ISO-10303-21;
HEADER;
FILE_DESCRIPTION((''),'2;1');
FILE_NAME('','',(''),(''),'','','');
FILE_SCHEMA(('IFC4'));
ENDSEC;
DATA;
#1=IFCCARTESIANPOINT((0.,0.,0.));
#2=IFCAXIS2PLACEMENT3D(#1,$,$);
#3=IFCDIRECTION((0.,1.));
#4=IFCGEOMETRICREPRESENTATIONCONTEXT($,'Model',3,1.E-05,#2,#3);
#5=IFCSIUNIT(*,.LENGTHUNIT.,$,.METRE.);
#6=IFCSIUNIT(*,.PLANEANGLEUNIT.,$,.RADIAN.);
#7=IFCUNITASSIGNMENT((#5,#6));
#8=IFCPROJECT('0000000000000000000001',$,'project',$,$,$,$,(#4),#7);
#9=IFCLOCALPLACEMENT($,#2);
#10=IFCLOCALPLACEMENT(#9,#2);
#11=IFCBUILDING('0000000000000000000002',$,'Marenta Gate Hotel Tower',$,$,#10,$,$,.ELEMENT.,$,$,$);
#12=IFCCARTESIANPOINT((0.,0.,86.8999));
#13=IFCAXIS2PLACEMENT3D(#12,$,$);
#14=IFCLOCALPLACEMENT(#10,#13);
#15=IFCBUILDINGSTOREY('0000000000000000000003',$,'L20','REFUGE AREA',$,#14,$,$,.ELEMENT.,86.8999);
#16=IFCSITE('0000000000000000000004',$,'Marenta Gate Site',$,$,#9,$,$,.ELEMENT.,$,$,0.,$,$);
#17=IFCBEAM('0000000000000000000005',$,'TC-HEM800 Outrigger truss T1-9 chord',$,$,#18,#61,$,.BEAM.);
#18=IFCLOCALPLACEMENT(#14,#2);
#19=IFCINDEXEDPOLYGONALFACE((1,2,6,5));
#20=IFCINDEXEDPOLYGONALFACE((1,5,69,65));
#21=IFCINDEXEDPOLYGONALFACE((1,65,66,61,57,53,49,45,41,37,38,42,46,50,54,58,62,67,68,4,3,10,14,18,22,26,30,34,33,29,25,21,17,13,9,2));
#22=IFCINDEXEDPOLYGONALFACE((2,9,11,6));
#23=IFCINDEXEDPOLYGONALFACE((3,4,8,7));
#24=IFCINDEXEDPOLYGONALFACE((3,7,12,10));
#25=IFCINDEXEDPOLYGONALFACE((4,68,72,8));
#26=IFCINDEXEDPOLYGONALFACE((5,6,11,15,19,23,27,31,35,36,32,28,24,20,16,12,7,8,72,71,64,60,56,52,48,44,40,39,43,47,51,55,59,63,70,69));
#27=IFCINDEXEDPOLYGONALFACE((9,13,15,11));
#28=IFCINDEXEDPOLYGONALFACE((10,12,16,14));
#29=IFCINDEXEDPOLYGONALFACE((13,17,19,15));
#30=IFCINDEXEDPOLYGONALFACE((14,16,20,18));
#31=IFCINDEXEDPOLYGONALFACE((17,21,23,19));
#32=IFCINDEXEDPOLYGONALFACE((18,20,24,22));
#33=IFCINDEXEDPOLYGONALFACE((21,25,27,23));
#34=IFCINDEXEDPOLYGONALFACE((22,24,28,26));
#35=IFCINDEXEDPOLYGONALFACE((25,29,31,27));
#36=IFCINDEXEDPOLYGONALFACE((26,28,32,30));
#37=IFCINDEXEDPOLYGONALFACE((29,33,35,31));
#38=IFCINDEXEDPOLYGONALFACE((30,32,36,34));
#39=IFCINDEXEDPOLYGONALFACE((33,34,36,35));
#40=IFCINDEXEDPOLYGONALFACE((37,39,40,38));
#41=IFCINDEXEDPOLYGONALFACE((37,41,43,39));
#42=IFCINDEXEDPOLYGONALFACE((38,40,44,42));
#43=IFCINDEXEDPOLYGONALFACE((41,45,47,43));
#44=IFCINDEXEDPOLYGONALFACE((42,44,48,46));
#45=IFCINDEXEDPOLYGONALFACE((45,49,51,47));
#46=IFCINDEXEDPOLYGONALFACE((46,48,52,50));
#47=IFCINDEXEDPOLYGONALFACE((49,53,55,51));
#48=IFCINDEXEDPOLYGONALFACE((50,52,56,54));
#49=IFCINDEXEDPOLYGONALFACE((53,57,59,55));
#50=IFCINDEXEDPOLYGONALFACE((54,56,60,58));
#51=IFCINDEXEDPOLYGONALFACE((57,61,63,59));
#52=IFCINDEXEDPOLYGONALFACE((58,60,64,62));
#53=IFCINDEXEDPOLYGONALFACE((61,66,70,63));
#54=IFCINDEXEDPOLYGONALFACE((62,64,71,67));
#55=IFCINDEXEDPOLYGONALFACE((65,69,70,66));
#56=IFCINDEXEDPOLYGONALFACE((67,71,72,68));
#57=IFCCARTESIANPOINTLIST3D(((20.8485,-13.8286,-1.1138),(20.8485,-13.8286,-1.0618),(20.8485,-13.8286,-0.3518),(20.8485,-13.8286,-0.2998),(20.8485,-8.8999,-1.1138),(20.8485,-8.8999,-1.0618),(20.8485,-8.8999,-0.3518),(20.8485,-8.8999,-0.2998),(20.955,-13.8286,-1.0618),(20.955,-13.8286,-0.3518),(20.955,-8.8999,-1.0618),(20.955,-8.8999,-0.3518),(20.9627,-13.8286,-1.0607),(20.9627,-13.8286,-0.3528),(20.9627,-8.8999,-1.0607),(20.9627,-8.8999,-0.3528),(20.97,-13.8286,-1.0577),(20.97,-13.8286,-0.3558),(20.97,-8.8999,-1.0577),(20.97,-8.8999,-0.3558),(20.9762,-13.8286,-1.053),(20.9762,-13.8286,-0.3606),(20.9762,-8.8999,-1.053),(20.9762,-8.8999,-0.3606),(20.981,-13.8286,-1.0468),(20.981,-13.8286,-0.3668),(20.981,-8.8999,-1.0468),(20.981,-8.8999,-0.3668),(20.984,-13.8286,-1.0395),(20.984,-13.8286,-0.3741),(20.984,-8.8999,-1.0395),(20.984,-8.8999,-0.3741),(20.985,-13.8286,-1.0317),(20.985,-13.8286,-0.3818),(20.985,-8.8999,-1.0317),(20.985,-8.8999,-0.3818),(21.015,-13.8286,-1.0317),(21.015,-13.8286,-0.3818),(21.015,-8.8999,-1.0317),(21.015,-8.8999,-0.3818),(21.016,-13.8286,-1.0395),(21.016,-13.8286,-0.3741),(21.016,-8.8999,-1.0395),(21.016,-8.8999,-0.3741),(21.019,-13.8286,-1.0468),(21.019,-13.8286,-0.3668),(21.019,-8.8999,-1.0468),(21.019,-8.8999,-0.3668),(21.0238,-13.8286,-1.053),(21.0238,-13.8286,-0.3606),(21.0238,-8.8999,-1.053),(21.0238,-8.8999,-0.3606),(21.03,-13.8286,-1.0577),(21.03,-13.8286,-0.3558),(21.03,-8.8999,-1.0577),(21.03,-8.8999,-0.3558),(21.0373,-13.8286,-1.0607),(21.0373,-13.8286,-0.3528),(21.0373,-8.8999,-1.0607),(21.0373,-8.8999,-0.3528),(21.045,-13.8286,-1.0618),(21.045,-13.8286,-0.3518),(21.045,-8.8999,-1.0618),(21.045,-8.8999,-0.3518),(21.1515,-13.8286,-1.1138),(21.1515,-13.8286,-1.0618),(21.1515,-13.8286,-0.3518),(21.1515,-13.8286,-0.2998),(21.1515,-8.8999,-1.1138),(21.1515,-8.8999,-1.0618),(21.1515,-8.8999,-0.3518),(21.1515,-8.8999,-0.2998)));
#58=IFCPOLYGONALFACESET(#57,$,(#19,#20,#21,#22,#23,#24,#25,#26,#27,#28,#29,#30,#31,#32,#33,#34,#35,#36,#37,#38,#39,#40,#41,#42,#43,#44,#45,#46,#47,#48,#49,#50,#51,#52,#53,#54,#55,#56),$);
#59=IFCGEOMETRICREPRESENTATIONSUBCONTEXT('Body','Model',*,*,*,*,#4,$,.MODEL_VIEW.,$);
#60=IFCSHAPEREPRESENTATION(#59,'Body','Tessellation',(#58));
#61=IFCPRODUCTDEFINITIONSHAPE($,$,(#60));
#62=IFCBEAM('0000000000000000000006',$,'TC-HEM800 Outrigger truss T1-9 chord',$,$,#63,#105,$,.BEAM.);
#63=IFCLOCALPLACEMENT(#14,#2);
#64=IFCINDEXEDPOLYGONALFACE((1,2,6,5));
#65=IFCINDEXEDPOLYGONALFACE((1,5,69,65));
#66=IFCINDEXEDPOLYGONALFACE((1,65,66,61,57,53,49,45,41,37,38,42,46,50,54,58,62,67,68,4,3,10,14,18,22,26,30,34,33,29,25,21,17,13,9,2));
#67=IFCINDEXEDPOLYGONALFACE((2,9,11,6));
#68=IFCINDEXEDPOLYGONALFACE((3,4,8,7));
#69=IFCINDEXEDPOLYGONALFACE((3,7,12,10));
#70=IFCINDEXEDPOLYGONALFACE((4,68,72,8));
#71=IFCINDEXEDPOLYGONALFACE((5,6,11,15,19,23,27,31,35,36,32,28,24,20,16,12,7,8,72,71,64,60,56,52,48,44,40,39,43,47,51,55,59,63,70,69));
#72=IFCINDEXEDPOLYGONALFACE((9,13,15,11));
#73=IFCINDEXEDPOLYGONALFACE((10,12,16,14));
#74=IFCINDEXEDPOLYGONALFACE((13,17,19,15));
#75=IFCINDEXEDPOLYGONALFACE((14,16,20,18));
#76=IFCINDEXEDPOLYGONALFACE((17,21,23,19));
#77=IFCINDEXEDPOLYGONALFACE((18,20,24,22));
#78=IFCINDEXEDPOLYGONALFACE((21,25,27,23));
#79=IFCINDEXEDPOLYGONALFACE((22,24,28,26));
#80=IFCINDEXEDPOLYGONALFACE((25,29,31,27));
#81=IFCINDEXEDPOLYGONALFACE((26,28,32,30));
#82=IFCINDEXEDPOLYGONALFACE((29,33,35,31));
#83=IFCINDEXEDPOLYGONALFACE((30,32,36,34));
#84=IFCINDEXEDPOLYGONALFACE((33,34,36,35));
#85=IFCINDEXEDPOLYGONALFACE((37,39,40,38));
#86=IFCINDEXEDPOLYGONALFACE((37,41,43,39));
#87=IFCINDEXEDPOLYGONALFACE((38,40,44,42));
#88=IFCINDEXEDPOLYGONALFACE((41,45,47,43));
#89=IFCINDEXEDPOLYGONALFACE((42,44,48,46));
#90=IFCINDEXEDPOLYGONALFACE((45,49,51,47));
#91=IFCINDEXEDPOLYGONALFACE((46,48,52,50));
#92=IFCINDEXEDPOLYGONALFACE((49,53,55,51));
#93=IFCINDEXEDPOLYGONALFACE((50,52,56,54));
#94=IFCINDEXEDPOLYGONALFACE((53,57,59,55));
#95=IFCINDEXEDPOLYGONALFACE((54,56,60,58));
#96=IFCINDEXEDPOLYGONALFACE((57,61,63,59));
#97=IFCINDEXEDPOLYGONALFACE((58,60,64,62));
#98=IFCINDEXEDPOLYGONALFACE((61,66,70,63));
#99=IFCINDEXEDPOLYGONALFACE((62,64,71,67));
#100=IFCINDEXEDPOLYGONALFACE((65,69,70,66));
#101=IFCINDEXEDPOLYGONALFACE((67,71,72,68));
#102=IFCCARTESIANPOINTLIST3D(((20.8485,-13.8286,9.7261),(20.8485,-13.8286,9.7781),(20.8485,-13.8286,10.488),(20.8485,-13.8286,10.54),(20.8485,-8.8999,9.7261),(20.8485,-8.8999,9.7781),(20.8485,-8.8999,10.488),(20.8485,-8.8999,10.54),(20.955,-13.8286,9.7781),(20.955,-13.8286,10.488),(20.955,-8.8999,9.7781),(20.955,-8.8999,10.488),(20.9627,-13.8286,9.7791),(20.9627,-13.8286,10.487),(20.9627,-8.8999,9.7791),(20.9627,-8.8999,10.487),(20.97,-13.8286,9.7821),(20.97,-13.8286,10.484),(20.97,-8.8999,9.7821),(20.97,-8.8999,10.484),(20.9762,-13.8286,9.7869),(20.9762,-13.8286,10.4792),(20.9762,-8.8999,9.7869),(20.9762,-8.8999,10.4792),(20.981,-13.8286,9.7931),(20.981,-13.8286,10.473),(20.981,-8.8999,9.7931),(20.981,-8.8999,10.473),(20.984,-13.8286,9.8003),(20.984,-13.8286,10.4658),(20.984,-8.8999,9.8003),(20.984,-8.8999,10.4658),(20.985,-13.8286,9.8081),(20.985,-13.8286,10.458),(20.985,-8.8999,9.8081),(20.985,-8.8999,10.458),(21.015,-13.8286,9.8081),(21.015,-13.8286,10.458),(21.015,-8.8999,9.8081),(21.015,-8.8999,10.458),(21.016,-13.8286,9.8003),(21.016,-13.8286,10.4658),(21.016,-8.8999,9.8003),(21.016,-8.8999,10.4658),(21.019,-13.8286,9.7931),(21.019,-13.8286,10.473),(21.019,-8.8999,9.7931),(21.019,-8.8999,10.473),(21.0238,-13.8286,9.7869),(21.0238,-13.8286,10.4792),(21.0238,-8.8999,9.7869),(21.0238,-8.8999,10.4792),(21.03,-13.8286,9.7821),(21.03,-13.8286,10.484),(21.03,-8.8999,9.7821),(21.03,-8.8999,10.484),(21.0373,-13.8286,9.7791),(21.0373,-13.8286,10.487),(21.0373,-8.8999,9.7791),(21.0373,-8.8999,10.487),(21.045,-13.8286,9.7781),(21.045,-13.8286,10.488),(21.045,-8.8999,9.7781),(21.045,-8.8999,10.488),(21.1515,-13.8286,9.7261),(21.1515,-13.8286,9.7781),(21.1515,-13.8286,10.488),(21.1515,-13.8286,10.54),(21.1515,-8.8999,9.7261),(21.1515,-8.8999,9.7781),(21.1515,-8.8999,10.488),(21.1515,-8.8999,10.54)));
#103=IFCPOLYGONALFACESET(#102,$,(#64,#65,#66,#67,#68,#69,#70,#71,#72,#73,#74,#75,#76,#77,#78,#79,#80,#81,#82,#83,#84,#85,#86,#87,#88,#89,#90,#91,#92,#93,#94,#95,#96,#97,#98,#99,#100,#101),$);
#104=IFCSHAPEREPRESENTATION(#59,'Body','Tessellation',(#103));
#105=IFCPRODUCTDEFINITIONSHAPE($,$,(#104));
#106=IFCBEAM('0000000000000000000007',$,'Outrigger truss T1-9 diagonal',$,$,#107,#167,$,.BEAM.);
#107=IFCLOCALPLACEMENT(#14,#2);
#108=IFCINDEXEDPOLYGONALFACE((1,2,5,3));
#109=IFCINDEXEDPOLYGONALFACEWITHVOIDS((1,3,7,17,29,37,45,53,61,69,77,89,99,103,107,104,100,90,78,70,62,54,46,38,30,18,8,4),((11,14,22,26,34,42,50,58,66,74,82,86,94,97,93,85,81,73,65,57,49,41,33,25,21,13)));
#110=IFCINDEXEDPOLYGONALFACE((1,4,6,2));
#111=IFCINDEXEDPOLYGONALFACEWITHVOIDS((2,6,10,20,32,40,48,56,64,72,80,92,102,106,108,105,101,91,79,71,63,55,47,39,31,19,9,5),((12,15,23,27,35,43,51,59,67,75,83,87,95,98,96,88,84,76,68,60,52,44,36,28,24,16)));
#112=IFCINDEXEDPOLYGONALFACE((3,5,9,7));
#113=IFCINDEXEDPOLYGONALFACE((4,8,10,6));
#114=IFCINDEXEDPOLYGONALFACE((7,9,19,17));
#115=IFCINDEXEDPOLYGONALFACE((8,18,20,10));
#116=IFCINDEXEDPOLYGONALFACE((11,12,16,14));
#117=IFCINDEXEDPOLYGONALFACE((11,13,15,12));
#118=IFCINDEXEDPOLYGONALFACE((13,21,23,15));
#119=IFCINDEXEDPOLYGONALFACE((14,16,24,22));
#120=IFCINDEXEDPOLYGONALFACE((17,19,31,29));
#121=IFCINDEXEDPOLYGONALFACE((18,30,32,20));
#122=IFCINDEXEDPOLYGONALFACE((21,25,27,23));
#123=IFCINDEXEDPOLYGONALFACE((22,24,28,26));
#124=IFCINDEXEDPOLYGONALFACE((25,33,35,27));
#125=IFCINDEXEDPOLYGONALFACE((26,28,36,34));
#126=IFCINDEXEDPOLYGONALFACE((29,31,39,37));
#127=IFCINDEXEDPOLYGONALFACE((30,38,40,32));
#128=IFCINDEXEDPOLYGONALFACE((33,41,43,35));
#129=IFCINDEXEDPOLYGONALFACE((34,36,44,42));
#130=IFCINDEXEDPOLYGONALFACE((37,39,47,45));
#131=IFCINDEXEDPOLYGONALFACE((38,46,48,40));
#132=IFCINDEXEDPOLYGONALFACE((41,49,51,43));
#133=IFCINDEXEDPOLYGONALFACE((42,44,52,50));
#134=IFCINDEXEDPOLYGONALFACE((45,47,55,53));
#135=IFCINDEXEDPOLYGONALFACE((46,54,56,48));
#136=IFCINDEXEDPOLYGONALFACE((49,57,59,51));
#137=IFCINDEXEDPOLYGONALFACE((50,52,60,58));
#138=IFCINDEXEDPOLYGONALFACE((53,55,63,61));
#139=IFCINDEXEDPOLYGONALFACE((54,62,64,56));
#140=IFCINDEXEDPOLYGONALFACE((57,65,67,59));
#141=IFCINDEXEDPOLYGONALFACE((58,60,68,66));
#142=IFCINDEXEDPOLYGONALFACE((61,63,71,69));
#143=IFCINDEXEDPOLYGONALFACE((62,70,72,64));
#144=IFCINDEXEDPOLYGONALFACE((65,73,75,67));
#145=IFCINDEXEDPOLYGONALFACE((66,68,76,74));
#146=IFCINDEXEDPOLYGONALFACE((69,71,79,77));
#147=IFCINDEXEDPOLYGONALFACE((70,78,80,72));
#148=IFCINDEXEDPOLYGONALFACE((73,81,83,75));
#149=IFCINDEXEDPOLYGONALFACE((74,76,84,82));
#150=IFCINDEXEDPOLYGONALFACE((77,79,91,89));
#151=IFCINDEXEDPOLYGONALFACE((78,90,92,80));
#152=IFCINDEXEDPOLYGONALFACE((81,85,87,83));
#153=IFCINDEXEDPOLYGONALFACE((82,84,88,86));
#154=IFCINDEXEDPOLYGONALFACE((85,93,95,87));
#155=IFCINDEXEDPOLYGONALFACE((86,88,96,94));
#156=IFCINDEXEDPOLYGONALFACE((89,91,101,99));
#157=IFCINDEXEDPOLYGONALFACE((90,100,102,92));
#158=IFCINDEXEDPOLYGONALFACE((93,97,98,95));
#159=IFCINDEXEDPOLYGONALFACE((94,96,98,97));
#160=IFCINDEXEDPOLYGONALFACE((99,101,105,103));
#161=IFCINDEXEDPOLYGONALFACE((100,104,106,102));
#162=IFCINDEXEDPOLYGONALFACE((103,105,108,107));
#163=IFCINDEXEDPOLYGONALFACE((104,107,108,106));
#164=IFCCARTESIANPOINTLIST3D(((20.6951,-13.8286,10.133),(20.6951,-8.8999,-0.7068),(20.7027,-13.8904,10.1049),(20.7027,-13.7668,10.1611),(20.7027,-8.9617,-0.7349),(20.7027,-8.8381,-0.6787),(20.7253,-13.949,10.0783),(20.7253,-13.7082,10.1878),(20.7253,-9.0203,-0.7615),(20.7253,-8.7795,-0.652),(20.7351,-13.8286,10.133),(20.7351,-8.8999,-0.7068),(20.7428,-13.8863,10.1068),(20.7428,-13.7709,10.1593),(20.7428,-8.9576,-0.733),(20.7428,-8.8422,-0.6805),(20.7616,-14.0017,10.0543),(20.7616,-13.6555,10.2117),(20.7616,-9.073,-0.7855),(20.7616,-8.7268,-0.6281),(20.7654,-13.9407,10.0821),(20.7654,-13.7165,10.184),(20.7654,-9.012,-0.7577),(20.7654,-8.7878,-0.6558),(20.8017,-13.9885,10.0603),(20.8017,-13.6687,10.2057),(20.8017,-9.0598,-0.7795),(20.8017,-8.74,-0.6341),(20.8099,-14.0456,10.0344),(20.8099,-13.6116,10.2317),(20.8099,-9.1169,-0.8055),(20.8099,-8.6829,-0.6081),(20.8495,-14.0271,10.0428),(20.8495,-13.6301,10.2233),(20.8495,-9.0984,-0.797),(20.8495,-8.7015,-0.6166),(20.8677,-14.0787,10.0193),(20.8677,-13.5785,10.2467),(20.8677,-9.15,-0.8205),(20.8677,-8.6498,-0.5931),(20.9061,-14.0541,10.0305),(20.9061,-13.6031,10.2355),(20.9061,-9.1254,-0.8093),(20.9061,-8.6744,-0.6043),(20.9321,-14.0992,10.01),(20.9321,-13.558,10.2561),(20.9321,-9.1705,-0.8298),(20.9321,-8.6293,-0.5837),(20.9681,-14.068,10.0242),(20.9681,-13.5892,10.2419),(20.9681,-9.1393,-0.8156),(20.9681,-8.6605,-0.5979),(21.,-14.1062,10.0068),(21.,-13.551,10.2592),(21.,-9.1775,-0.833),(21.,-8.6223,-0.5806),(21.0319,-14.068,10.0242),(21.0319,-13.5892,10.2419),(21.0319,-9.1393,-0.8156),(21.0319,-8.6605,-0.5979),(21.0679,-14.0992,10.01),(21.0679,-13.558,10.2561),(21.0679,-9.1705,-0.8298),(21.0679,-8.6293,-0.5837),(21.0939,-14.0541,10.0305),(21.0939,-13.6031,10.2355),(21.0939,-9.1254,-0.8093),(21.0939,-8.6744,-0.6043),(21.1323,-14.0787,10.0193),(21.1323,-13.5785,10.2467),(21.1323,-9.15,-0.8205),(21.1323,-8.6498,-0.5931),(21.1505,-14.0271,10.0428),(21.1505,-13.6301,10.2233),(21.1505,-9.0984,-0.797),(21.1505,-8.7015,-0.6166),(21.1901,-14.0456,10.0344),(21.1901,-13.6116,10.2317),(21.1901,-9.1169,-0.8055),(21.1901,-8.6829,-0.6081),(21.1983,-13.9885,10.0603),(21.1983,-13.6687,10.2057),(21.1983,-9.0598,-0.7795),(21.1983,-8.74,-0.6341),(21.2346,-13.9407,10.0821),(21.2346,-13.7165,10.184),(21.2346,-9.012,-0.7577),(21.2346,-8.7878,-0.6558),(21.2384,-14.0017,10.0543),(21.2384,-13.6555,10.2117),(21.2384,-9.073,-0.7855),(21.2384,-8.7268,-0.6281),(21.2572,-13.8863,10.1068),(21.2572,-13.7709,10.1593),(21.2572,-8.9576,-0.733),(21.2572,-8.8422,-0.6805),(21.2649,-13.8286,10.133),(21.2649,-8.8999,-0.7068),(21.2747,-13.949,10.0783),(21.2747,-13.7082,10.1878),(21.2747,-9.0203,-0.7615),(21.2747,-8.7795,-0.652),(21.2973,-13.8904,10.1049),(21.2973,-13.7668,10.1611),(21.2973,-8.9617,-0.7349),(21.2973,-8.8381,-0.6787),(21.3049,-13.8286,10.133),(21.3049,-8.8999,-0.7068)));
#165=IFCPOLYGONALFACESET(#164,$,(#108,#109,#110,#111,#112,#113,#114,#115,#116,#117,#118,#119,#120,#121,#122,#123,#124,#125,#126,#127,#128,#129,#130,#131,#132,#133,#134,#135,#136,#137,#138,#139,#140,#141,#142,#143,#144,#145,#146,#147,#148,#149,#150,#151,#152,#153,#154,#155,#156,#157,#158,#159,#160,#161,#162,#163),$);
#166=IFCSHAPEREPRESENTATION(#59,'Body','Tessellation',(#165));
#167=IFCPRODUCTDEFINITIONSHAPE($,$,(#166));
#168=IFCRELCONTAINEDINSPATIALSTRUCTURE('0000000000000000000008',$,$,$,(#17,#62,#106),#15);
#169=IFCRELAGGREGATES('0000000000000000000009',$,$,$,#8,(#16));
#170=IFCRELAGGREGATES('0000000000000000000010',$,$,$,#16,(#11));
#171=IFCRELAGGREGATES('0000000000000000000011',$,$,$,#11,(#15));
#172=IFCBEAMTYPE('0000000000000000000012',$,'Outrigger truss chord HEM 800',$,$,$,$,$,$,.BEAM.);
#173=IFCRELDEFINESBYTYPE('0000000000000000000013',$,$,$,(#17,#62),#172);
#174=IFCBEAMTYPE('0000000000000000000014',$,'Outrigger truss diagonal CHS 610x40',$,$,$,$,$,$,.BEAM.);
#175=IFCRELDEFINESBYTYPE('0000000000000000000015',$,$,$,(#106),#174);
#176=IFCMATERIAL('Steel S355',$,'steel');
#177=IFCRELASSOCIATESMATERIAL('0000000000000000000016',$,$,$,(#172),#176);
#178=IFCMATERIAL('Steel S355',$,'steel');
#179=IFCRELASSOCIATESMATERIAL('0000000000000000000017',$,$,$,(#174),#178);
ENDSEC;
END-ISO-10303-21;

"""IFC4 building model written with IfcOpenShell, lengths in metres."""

from ifc_helpers import new_model, si_unit, direction, frame, origin, origin_2d, place, context, subcontext, project, spatial, hollow_circle, i_section, extrude, material, material_profile, profile_set, type_object, element, save


model = new_model("IFC4")

# Units and contexts
model_context = context("Model", 3, precision=1e-05, world=origin(), true_north=direction((0.0, 1.0)))
body_context = subcontext(model_context, "Body", "Model", "MODEL_VIEW")
ifc_project = project(units=[si_unit("LENGTHUNIT", "METRE"), si_unit("PLANEANGLEUNIT", "RADIAN")], contexts=[model_context])

# Site, building, storey
site_placement = place(None, origin())
site = spatial("IfcSite", under=ifc_project, at=site_placement, Name="Marenta Gate Site", CompositionType="ELEMENT", RefElevation=0.0)
building_placement = place(site_placement, origin())
building = spatial("IfcBuilding", under=site, at=building_placement, Name="Marenta Gate Hotel Tower", CompositionType="ELEMENT")
storey_placement = place(building_placement, frame((0.0, 0.0, 86.8999)))
storey = spatial("IfcBuildingStorey", under=building, at=storey_placement, Name="L20", Description="REFUGE AREA", CompositionType="ELEMENT", Elevation=86.8999)

# Beams
ifc_material_1 = material(Name="Steel S355", Category="steel")
ifc_material_profile_1 = material_profile(ifc_material_1, i_section(OverallWidth=0.303, OverallDepth=0.814, WebThickness=0.03, FlangeThickness=0.052, FilletRadius=0.03, at=origin_2d()), Name="HEM 800")
ifc_profile_set_1 = profile_set([ifc_material_profile_1], Name="Steel S355")
beam_type_1 = type_object("IfcBeamType", Name="Outrigger truss chord HEM 800", PredefinedType="BEAM", material=ifc_profile_set_1)
for number, where, z_axis, x_axis, name in (
    (1, (21.0, -8.8999, -0.7068), (0.0, -1.0, 0.0), (1.0, 0.0, 0.0), "TC-HEM800 Outrigger truss T1-9 chord"),
    (2, (21.0, -8.8999, 10.1331), (0.0, -1.0, 0.0), (1.0, 0.0, 0.0), "TC-HEM800 Outrigger truss T1-9 chord"),
):
    element("IfcBeam", number, at=place(storey_placement, frame(where, z_axis=z_axis, x_axis=x_axis)), inside=storey, type_object=beam_type_1, Name=name, PredefinedType="BEAM", context=body_context, shape_type="SweptSolid", body=[
        extrude(i_section(OverallWidth=0.303, OverallDepth=0.814, WebThickness=0.03, FlangeThickness=0.052, FilletRadius=0.03, at=origin_2d()), origin(), (0.0, 0.0, 1.0), 4.9287),
    ])
ifc_material_2 = material(Name="Steel S355", Category="steel")
ifc_material_profile_2 = material_profile(ifc_material_2, hollow_circle(Radius=0.3049, WallThickness=0.04, at=origin_2d()), Name="CHS 610x40")
ifc_profile_set_2 = profile_set([ifc_material_profile_2], Name="Steel S355")
beam_type_2 = type_object("IfcBeamType", Name="Outrigger truss diagonal CHS 610x40", PredefinedType="BEAM", material=ifc_profile_set_2)
beam_1_placement = place(storey_placement, frame((21.0, -8.8999, -0.7068), z_axis=(0.0, -0.413908, 0.910319), x_axis=(1.0, 0.0, 0.0)))
element("IfcBeam", 3, at=beam_1_placement, inside=storey, type_object=beam_type_2, Name="Outrigger truss T1-9 diagonal", PredefinedType="BEAM", context=body_context, shape_type="SweptSolid", body=[
    extrude(hollow_circle(Radius=0.3049, WallThickness=0.04, at=origin_2d()), origin(), (0.0, 0.0, 1.0), 11.9077),
])

save(model, "model.ifc")
